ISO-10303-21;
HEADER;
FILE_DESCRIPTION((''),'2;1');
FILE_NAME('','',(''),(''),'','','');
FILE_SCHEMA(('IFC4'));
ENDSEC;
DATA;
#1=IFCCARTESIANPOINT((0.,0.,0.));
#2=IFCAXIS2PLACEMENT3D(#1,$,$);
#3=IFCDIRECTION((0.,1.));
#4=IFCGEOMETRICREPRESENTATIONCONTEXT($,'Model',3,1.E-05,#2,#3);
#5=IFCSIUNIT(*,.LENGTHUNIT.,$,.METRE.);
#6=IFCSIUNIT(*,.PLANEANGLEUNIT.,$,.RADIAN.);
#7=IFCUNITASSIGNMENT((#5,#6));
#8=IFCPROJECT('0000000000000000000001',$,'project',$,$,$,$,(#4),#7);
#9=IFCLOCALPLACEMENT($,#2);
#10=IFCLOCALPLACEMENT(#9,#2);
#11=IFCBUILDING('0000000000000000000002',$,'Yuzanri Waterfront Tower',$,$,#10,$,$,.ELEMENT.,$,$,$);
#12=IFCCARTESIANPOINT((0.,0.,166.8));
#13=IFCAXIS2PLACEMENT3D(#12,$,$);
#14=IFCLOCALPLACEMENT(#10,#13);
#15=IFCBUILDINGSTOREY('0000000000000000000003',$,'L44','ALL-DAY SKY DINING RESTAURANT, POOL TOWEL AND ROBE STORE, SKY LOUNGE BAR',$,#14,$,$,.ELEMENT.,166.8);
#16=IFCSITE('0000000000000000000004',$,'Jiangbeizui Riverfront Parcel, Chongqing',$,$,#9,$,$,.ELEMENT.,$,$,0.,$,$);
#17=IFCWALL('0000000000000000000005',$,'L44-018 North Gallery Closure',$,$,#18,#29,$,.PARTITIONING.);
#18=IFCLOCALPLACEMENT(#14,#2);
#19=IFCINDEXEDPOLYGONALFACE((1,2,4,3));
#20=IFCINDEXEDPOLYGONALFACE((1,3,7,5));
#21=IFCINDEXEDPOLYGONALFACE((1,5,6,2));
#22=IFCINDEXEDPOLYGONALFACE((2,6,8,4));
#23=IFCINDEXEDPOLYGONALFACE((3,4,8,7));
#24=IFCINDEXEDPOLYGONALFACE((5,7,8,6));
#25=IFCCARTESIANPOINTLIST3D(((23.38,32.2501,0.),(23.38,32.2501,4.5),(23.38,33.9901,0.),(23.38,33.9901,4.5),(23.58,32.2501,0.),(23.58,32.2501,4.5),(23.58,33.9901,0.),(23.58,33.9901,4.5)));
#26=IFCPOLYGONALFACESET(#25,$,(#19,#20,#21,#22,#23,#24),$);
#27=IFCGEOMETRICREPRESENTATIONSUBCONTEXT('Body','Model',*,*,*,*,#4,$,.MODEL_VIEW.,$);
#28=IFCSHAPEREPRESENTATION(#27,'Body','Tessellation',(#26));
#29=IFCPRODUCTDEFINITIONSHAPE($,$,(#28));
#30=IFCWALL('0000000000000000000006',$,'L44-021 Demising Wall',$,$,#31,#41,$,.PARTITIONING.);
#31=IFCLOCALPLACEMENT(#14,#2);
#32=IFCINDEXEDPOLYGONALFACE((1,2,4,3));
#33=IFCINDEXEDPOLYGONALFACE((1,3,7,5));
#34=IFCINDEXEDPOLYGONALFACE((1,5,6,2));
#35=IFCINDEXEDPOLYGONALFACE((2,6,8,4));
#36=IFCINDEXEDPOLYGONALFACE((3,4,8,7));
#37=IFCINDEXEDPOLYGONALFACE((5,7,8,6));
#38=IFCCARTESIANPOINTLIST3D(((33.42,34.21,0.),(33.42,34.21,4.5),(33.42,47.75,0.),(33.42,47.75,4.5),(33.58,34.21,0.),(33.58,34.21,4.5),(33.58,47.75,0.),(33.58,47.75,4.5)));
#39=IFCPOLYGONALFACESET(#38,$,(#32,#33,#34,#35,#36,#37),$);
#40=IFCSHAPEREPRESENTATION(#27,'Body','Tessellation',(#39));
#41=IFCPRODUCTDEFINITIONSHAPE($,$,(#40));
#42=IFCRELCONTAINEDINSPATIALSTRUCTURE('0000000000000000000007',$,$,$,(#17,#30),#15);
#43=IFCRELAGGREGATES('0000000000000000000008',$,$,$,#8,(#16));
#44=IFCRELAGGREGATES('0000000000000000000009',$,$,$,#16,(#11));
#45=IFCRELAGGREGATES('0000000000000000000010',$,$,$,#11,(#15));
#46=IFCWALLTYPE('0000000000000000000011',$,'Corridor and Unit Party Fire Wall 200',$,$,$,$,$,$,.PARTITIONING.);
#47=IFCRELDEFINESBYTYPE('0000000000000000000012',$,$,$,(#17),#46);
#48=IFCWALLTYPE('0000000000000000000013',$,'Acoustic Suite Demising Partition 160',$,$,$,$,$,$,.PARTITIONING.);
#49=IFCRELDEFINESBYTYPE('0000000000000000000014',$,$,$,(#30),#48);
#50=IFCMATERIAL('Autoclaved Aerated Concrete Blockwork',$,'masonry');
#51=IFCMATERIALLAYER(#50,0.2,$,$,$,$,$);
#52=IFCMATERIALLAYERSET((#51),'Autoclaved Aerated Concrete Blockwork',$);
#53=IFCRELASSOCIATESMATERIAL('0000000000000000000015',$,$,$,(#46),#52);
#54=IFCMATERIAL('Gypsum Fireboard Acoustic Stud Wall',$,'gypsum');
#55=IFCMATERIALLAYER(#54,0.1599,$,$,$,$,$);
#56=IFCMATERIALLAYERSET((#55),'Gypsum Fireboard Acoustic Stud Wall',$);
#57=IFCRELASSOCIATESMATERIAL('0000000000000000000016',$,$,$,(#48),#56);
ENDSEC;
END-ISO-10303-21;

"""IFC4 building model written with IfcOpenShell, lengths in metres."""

from ifc_helpers import new_model, si_unit, direction, frame, frame_2d, origin, place, context, subcontext, project, spatial, rectangle, extrude, source, transform, mapped, material, layer, layer_set, type_object, element, save


model = new_model("IFC4")

# Units and contexts
model_context = context("Model", 3, precision=1e-05, world=origin(), true_north=direction((0.0, 1.0)))
body_context = subcontext(model_context, "Body", "Model", "MODEL_VIEW")
ifc_project = project(units=[si_unit("LENGTHUNIT", "METRE"), si_unit("PLANEANGLEUNIT", "RADIAN")], contexts=[model_context])

# Site, building, storey
site_placement = place(None, origin())
site = spatial("IfcSite", under=ifc_project, at=site_placement, Name="Jiangbeizui Riverfront Parcel, Chongqing", CompositionType="ELEMENT", RefElevation=0.0)
building_placement = place(site_placement, origin())
building = spatial("IfcBuilding", under=site, at=building_placement, Name="Yuzanri Waterfront Tower", CompositionType="ELEMENT")
storey_placement = place(building_placement, frame((0.0, 0.0, 166.8)))
storey = spatial("IfcBuildingStorey", under=building, at=storey_placement, Name="L44", Description="ALL-DAY SKY DINING RESTAURANT, POOL TOWEL AND ROBE STORE, SKY LOUNGE BAR", CompositionType="ELEMENT", Elevation=166.8)

# Shared definitions
ifc_material_1 = material(Name="Autoclaved Aerated Concrete Blockwork", Category="masonry")
ifc_layer_1 = layer(ifc_material_1, 0.2)
ifc_layer_set_1 = layer_set([ifc_layer_1], Name="Autoclaved Aerated Concrete Blockwork")
wall_type_1 = type_object("IfcWallType", Name="Corridor and Unit Party Fire Wall 200", PredefinedType="PARTITIONING", material=ifc_layer_set_1)

# Walls
shared_shape_1 = source(origin(), body_context, "Body", "SweptSolid", [
    extrude(rectangle(XDim=1.74, YDim=0.2, at=frame_2d((0.8701, 0.0))), origin(), (0.0, 0.0, 1.0), 4.5),
])
wall_1_placement = place(storey_placement, frame((23.48, 32.25, 0.0), z_axis=(0.0, 0.0, 1.0), x_axis=(0.0, 1.0, 0.0)))
element("IfcWall", 1, at=wall_1_placement, inside=storey, type_object=wall_type_1, Name="L44-018 North Gallery Closure", PredefinedType="PARTITIONING", context=body_context, shape_type="MappedRepresentation", body=[
    mapped(shared_shape_1, transform((0.0, 0.0, 0.0), scale=1.0)),
])
ifc_material_2 = material(Name="Gypsum Fireboard Acoustic Stud Wall", Category="gypsum")
ifc_layer_2 = layer(ifc_material_2, 0.1599)
ifc_layer_set_2 = layer_set([ifc_layer_2], Name="Gypsum Fireboard Acoustic Stud Wall")
wall_type_2 = type_object("IfcWallType", Name="Acoustic Suite Demising Partition 160", PredefinedType="PARTITIONING", material=ifc_layer_set_2)
shared_shape_2 = source(origin(), body_context, "Body", "SweptSolid", [
    extrude(rectangle(XDim=13.54, YDim=0.1599, at=frame_2d((6.77, 0.0))), origin(), (0.0, 0.0, 1.0), 4.5),
])
wall_2_placement = place(storey_placement, frame((33.5, 34.21, 0.0), z_axis=(0.0, 0.0, 1.0), x_axis=(0.0, 1.0, 0.0)))
element("IfcWall", 2, at=wall_2_placement, inside=storey, type_object=wall_type_2, Name="L44-021 Demising Wall", PredefinedType="PARTITIONING", context=body_context, shape_type="MappedRepresentation", body=[
    mapped(shared_shape_2, transform((0.0, 0.0, 0.0), scale=1.0)),
])

save(model, "model.ifc")
